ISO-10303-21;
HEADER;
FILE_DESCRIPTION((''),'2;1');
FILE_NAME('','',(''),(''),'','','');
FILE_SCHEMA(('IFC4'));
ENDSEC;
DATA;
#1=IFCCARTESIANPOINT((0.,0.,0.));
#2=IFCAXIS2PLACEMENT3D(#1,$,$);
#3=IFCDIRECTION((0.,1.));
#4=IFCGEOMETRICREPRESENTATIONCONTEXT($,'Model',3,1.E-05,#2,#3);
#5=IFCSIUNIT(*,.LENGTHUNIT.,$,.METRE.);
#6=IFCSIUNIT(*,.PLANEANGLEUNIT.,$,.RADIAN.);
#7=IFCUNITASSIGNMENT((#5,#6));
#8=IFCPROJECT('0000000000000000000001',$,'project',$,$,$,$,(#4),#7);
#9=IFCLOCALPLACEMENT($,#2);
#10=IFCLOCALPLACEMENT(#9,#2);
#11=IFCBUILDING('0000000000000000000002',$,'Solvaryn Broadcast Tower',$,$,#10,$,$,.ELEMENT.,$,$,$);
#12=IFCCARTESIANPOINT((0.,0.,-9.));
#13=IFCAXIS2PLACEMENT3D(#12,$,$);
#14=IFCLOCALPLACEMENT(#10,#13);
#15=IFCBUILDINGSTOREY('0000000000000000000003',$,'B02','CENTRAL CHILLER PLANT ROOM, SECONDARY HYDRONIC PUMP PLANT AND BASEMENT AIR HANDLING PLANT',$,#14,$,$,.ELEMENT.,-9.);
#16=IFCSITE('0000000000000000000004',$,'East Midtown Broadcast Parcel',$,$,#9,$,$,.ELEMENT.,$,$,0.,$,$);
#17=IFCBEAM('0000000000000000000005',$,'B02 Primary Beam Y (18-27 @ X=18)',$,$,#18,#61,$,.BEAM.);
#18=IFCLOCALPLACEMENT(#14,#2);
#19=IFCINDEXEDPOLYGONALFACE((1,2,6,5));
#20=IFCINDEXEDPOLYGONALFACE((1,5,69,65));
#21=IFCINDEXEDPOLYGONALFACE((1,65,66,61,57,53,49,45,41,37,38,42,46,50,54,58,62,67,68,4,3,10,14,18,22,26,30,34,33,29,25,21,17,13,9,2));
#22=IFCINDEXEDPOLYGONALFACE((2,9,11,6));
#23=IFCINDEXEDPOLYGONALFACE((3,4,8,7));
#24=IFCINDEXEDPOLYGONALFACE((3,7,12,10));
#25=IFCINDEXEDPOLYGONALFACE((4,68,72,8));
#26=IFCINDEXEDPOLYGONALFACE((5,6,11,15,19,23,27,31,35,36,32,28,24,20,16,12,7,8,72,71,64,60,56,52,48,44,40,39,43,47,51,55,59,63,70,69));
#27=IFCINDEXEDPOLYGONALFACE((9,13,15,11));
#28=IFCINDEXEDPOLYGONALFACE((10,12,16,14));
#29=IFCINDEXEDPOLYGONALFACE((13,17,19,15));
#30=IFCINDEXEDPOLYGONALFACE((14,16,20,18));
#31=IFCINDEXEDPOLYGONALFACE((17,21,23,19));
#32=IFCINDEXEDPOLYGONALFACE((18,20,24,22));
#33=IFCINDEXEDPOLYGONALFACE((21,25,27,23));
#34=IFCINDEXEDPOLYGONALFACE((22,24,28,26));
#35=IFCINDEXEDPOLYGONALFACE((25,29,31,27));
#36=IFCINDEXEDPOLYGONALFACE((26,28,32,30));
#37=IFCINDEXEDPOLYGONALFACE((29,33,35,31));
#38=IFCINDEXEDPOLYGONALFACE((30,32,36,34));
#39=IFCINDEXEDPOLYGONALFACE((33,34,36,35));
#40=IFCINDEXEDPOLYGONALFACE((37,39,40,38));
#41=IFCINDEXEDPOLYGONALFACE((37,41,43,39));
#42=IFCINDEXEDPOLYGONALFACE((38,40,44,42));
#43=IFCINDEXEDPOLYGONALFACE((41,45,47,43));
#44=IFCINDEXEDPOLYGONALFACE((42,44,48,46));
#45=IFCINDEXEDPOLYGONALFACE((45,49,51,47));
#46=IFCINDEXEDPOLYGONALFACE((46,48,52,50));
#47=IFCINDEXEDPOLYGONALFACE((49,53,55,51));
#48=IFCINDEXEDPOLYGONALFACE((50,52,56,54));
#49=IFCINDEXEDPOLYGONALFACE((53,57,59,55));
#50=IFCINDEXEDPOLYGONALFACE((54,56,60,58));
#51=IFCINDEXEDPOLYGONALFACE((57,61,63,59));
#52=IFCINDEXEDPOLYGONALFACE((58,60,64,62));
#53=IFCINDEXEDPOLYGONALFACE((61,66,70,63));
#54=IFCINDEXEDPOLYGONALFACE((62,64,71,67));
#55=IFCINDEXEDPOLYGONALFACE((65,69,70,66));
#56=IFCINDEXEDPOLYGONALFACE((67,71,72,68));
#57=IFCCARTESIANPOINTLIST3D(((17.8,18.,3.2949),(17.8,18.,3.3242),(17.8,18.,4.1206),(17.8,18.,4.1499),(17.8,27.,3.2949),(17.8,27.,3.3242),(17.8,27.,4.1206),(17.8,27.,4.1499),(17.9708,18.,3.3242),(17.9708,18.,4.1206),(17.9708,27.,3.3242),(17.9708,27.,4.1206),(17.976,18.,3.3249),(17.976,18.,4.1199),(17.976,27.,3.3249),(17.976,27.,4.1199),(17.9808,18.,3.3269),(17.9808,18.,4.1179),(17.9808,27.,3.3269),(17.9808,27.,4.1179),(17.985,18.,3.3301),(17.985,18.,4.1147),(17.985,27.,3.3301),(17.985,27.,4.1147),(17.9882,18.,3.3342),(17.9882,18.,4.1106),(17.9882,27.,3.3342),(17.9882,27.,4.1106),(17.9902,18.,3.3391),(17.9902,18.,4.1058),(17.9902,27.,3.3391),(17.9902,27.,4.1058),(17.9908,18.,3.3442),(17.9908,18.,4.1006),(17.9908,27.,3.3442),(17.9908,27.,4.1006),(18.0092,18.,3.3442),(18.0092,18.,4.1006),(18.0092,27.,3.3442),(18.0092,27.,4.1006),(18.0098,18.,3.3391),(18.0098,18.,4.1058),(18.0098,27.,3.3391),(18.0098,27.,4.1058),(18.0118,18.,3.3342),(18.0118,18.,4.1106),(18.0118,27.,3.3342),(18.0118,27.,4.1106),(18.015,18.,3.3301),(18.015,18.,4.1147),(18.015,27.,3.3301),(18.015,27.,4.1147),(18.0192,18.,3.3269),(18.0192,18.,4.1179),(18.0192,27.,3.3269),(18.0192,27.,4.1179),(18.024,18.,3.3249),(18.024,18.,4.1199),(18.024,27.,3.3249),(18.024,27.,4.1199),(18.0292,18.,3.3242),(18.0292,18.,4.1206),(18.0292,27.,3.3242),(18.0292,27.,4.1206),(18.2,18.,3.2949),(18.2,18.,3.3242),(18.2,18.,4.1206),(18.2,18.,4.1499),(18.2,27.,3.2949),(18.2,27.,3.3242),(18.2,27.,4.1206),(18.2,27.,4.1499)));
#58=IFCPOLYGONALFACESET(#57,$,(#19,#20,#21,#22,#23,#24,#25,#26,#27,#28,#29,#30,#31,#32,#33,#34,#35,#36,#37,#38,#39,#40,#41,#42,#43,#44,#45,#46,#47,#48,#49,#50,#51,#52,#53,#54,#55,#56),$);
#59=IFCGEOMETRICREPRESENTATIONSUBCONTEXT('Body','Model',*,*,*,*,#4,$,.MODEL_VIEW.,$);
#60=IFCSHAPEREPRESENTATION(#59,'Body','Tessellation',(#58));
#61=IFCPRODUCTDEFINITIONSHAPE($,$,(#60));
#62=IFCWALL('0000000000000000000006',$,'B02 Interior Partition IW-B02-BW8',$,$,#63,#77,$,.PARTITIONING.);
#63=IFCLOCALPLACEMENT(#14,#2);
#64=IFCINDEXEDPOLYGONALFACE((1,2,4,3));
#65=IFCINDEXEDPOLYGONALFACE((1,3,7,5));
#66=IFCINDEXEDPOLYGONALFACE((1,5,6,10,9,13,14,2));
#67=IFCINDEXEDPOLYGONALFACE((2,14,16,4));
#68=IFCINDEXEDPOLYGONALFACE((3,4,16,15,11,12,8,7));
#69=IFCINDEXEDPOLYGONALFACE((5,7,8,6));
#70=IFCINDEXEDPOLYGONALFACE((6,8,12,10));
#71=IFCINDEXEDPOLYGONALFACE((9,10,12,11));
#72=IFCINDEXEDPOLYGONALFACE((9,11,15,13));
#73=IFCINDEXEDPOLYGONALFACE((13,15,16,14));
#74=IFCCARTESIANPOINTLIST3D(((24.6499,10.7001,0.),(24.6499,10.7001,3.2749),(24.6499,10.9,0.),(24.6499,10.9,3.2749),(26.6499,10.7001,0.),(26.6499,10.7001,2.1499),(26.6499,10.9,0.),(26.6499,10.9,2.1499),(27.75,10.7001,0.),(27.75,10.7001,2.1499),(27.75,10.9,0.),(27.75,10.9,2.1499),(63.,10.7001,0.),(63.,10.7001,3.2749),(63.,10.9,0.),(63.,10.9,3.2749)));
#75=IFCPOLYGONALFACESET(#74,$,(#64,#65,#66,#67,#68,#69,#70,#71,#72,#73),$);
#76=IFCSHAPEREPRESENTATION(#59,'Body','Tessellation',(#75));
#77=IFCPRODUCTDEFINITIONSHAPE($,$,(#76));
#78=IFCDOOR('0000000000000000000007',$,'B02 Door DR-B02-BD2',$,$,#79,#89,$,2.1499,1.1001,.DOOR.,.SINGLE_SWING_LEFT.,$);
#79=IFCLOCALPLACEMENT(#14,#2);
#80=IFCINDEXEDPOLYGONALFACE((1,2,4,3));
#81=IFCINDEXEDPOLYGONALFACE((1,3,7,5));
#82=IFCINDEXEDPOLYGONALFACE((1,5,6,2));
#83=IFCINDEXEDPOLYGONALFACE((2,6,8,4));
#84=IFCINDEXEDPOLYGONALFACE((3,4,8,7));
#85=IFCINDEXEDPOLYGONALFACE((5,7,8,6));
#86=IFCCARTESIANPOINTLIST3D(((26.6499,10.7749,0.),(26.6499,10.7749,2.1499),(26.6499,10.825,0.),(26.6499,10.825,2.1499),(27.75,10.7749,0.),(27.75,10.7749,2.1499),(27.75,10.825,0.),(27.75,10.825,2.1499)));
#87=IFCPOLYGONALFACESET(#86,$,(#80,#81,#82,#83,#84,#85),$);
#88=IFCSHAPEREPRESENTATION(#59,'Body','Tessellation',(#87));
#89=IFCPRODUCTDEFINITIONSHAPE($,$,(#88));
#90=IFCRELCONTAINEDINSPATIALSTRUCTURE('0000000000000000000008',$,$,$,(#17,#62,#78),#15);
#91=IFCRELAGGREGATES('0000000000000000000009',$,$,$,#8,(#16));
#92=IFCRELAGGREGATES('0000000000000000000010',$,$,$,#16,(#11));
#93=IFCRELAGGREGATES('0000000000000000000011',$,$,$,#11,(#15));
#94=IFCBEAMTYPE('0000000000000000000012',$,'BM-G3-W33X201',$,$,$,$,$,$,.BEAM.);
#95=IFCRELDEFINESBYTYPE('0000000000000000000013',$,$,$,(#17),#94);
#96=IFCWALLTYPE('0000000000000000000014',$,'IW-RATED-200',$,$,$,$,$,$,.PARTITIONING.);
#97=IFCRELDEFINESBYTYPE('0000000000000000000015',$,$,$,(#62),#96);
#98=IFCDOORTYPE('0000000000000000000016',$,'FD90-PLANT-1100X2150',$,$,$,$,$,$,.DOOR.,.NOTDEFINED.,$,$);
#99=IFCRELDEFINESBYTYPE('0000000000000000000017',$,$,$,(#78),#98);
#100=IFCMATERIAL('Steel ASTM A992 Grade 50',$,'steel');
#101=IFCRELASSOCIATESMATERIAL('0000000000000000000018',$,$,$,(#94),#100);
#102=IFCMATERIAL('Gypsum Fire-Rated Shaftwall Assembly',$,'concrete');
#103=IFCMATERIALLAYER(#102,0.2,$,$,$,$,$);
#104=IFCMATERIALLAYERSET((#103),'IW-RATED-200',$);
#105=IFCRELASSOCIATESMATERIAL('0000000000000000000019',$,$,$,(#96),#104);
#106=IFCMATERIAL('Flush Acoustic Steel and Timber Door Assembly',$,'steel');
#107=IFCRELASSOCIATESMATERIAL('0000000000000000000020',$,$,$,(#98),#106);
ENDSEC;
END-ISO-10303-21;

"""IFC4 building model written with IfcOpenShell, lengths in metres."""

from ifc_helpers import new_model, si_unit, direction, frame, frame_2d, origin, origin_2d, place, context, subcontext, project, spatial, rectangle, i_section, extrude, material, layer, layer_set, material_profile, profile_set, type_object, element, fill, save


model = new_model("IFC4")

# Units and contexts
model_context = context("Model", 3, precision=1e-05, world=origin(), true_north=direction((0.0, 1.0)))
body_context = subcontext(model_context, "Body", "Model", "MODEL_VIEW")
ifc_project = project(units=[si_unit("LENGTHUNIT", "METRE"), si_unit("PLANEANGLEUNIT", "RADIAN")], contexts=[model_context])

# Site, building, storey
site_placement = place(None, origin())
site = spatial("IfcSite", under=ifc_project, at=site_placement, Name="East Midtown Broadcast Parcel", CompositionType="ELEMENT", RefElevation=0.0)
building_placement = place(site_placement, origin())
building = spatial("IfcBuilding", under=site, at=building_placement, Name="Solvaryn Broadcast Tower", CompositionType="ELEMENT")
storey_placement = place(building_placement, frame((0.0, 0.0, -9.0)))
storey = spatial("IfcBuildingStorey", under=building, at=storey_placement, Name="B02", Description="CENTRAL CHILLER PLANT ROOM, SECONDARY HYDRONIC PUMP PLANT AND BASEMENT AIR HANDLING PLANT", CompositionType="ELEMENT", Elevation=-9.0)

# Beam
ifc_material_1 = material(Name="Steel ASTM A992 Grade 50", Category="steel")
ifc_material_profile_1 = material_profile(ifc_material_1, i_section(OverallWidth=0.3999, OverallDepth=0.855, WebThickness=0.0183, FlangeThickness=0.0293, FilletRadius=0.02, at=origin_2d()))
ifc_profile_set_1 = profile_set([ifc_material_profile_1], Name="Steel ASTM A992 Grade 50")
beam_type_1 = type_object("IfcBeamType", Name="BM-G3-W33X201", PredefinedType="BEAM", material=ifc_profile_set_1)
for number, where, z_axis, x_axis, name in (
    (1, (18.0, 18.0, 3.7224), (0.0, 1.0, 0.0), (-1.0, 0.0, 0.0), "B02 Primary Beam Y (18-27 @ X=18)"),
):
    element("IfcBeam", number, at=place(storey_placement, frame(where, z_axis=z_axis, x_axis=x_axis)), inside=storey, type_object=beam_type_1, Name=name, PredefinedType="BEAM", context=body_context, shape_type="SweptSolid", body=[
        extrude(i_section(OverallWidth=0.3999, OverallDepth=0.855, WebThickness=0.0183, FlangeThickness=0.0293, FilletRadius=0.02, at=origin_2d()), origin(), (0.0, 0.0, 1.0), 9.0),
    ])

# Wall, opening, door
ifc_material_2 = material(Name="Gypsum Fire-Rated Shaftwall Assembly", Category="concrete")
ifc_layer = layer(ifc_material_2, 0.2)
ifc_layer_set = layer_set([ifc_layer], Name="IW-RATED-200")
wall_type = type_object("IfcWallType", Name="IW-RATED-200", PredefinedType="PARTITIONING", material=ifc_layer_set)
wall_placement = place(storey_placement, frame((24.6499, 10.8, 0.0), z_axis=(0.0, 0.0, 1.0), x_axis=(1.0, 0.0, 0.0)))
wall = element("IfcWall", 2, at=wall_placement, inside=storey, type_object=wall_type, Name="B02 Interior Partition IW-B02-BW8", PredefinedType="PARTITIONING", context=body_context, shape_type="SweptSolid", body=[
    extrude(rectangle(XDim=38.3501, YDim=0.2, at=frame_2d((19.175, 0.0))), origin(), (0.0, 0.0, 1.0), 3.2749),
])
opening_placement = place(wall_placement, frame((2.0, 0.0, 0.0)))
opening = element("IfcOpeningElement", 3, at=opening_placement, cuts=wall, PredefinedType="OPENING", context=body_context, shape_type="SweptSolid", body=[
    extrude(rectangle(XDim=1.1001, YDim=2.1499, at=frame_2d((0.55, 1.075))), frame((0.0, 0.1101, 0.0), z_axis=(0.0, -1.0, 0.0), x_axis=(1.0, 0.0, 0.0)), (0.0, 0.0, 1.0), 0.22),
])
ifc_material_3 = material(Name="Flush Acoustic Steel and Timber Door Assembly", Category="steel")
door_type = type_object("IfcDoorType", Name="FD90-PLANT-1100X2150", OperationType="NOTDEFINED", PredefinedType="DOOR", material=ifc_material_3)
door_placement = place(opening_placement, origin())
door = element("IfcDoor", 4, at=door_placement, inside=storey, type_object=door_type, Name="B02 Door DR-B02-BD2", OperationType="SINGLE_SWING_LEFT", OverallHeight=2.1499, OverallWidth=1.1001, PredefinedType="DOOR", context=body_context, shape_type="SweptSolid", body=[
    extrude(rectangle(XDim=1.1001, YDim=2.1499, at=frame_2d((0.55, 1.075))), frame((0.0, 0.0249, 0.0), z_axis=(0.0, -1.0, 0.0), x_axis=(1.0, 0.0, 0.0)), (0.0, 0.0, 1.0), 0.05),
])
fill(opening, door)

save(model, "model.ifc")
